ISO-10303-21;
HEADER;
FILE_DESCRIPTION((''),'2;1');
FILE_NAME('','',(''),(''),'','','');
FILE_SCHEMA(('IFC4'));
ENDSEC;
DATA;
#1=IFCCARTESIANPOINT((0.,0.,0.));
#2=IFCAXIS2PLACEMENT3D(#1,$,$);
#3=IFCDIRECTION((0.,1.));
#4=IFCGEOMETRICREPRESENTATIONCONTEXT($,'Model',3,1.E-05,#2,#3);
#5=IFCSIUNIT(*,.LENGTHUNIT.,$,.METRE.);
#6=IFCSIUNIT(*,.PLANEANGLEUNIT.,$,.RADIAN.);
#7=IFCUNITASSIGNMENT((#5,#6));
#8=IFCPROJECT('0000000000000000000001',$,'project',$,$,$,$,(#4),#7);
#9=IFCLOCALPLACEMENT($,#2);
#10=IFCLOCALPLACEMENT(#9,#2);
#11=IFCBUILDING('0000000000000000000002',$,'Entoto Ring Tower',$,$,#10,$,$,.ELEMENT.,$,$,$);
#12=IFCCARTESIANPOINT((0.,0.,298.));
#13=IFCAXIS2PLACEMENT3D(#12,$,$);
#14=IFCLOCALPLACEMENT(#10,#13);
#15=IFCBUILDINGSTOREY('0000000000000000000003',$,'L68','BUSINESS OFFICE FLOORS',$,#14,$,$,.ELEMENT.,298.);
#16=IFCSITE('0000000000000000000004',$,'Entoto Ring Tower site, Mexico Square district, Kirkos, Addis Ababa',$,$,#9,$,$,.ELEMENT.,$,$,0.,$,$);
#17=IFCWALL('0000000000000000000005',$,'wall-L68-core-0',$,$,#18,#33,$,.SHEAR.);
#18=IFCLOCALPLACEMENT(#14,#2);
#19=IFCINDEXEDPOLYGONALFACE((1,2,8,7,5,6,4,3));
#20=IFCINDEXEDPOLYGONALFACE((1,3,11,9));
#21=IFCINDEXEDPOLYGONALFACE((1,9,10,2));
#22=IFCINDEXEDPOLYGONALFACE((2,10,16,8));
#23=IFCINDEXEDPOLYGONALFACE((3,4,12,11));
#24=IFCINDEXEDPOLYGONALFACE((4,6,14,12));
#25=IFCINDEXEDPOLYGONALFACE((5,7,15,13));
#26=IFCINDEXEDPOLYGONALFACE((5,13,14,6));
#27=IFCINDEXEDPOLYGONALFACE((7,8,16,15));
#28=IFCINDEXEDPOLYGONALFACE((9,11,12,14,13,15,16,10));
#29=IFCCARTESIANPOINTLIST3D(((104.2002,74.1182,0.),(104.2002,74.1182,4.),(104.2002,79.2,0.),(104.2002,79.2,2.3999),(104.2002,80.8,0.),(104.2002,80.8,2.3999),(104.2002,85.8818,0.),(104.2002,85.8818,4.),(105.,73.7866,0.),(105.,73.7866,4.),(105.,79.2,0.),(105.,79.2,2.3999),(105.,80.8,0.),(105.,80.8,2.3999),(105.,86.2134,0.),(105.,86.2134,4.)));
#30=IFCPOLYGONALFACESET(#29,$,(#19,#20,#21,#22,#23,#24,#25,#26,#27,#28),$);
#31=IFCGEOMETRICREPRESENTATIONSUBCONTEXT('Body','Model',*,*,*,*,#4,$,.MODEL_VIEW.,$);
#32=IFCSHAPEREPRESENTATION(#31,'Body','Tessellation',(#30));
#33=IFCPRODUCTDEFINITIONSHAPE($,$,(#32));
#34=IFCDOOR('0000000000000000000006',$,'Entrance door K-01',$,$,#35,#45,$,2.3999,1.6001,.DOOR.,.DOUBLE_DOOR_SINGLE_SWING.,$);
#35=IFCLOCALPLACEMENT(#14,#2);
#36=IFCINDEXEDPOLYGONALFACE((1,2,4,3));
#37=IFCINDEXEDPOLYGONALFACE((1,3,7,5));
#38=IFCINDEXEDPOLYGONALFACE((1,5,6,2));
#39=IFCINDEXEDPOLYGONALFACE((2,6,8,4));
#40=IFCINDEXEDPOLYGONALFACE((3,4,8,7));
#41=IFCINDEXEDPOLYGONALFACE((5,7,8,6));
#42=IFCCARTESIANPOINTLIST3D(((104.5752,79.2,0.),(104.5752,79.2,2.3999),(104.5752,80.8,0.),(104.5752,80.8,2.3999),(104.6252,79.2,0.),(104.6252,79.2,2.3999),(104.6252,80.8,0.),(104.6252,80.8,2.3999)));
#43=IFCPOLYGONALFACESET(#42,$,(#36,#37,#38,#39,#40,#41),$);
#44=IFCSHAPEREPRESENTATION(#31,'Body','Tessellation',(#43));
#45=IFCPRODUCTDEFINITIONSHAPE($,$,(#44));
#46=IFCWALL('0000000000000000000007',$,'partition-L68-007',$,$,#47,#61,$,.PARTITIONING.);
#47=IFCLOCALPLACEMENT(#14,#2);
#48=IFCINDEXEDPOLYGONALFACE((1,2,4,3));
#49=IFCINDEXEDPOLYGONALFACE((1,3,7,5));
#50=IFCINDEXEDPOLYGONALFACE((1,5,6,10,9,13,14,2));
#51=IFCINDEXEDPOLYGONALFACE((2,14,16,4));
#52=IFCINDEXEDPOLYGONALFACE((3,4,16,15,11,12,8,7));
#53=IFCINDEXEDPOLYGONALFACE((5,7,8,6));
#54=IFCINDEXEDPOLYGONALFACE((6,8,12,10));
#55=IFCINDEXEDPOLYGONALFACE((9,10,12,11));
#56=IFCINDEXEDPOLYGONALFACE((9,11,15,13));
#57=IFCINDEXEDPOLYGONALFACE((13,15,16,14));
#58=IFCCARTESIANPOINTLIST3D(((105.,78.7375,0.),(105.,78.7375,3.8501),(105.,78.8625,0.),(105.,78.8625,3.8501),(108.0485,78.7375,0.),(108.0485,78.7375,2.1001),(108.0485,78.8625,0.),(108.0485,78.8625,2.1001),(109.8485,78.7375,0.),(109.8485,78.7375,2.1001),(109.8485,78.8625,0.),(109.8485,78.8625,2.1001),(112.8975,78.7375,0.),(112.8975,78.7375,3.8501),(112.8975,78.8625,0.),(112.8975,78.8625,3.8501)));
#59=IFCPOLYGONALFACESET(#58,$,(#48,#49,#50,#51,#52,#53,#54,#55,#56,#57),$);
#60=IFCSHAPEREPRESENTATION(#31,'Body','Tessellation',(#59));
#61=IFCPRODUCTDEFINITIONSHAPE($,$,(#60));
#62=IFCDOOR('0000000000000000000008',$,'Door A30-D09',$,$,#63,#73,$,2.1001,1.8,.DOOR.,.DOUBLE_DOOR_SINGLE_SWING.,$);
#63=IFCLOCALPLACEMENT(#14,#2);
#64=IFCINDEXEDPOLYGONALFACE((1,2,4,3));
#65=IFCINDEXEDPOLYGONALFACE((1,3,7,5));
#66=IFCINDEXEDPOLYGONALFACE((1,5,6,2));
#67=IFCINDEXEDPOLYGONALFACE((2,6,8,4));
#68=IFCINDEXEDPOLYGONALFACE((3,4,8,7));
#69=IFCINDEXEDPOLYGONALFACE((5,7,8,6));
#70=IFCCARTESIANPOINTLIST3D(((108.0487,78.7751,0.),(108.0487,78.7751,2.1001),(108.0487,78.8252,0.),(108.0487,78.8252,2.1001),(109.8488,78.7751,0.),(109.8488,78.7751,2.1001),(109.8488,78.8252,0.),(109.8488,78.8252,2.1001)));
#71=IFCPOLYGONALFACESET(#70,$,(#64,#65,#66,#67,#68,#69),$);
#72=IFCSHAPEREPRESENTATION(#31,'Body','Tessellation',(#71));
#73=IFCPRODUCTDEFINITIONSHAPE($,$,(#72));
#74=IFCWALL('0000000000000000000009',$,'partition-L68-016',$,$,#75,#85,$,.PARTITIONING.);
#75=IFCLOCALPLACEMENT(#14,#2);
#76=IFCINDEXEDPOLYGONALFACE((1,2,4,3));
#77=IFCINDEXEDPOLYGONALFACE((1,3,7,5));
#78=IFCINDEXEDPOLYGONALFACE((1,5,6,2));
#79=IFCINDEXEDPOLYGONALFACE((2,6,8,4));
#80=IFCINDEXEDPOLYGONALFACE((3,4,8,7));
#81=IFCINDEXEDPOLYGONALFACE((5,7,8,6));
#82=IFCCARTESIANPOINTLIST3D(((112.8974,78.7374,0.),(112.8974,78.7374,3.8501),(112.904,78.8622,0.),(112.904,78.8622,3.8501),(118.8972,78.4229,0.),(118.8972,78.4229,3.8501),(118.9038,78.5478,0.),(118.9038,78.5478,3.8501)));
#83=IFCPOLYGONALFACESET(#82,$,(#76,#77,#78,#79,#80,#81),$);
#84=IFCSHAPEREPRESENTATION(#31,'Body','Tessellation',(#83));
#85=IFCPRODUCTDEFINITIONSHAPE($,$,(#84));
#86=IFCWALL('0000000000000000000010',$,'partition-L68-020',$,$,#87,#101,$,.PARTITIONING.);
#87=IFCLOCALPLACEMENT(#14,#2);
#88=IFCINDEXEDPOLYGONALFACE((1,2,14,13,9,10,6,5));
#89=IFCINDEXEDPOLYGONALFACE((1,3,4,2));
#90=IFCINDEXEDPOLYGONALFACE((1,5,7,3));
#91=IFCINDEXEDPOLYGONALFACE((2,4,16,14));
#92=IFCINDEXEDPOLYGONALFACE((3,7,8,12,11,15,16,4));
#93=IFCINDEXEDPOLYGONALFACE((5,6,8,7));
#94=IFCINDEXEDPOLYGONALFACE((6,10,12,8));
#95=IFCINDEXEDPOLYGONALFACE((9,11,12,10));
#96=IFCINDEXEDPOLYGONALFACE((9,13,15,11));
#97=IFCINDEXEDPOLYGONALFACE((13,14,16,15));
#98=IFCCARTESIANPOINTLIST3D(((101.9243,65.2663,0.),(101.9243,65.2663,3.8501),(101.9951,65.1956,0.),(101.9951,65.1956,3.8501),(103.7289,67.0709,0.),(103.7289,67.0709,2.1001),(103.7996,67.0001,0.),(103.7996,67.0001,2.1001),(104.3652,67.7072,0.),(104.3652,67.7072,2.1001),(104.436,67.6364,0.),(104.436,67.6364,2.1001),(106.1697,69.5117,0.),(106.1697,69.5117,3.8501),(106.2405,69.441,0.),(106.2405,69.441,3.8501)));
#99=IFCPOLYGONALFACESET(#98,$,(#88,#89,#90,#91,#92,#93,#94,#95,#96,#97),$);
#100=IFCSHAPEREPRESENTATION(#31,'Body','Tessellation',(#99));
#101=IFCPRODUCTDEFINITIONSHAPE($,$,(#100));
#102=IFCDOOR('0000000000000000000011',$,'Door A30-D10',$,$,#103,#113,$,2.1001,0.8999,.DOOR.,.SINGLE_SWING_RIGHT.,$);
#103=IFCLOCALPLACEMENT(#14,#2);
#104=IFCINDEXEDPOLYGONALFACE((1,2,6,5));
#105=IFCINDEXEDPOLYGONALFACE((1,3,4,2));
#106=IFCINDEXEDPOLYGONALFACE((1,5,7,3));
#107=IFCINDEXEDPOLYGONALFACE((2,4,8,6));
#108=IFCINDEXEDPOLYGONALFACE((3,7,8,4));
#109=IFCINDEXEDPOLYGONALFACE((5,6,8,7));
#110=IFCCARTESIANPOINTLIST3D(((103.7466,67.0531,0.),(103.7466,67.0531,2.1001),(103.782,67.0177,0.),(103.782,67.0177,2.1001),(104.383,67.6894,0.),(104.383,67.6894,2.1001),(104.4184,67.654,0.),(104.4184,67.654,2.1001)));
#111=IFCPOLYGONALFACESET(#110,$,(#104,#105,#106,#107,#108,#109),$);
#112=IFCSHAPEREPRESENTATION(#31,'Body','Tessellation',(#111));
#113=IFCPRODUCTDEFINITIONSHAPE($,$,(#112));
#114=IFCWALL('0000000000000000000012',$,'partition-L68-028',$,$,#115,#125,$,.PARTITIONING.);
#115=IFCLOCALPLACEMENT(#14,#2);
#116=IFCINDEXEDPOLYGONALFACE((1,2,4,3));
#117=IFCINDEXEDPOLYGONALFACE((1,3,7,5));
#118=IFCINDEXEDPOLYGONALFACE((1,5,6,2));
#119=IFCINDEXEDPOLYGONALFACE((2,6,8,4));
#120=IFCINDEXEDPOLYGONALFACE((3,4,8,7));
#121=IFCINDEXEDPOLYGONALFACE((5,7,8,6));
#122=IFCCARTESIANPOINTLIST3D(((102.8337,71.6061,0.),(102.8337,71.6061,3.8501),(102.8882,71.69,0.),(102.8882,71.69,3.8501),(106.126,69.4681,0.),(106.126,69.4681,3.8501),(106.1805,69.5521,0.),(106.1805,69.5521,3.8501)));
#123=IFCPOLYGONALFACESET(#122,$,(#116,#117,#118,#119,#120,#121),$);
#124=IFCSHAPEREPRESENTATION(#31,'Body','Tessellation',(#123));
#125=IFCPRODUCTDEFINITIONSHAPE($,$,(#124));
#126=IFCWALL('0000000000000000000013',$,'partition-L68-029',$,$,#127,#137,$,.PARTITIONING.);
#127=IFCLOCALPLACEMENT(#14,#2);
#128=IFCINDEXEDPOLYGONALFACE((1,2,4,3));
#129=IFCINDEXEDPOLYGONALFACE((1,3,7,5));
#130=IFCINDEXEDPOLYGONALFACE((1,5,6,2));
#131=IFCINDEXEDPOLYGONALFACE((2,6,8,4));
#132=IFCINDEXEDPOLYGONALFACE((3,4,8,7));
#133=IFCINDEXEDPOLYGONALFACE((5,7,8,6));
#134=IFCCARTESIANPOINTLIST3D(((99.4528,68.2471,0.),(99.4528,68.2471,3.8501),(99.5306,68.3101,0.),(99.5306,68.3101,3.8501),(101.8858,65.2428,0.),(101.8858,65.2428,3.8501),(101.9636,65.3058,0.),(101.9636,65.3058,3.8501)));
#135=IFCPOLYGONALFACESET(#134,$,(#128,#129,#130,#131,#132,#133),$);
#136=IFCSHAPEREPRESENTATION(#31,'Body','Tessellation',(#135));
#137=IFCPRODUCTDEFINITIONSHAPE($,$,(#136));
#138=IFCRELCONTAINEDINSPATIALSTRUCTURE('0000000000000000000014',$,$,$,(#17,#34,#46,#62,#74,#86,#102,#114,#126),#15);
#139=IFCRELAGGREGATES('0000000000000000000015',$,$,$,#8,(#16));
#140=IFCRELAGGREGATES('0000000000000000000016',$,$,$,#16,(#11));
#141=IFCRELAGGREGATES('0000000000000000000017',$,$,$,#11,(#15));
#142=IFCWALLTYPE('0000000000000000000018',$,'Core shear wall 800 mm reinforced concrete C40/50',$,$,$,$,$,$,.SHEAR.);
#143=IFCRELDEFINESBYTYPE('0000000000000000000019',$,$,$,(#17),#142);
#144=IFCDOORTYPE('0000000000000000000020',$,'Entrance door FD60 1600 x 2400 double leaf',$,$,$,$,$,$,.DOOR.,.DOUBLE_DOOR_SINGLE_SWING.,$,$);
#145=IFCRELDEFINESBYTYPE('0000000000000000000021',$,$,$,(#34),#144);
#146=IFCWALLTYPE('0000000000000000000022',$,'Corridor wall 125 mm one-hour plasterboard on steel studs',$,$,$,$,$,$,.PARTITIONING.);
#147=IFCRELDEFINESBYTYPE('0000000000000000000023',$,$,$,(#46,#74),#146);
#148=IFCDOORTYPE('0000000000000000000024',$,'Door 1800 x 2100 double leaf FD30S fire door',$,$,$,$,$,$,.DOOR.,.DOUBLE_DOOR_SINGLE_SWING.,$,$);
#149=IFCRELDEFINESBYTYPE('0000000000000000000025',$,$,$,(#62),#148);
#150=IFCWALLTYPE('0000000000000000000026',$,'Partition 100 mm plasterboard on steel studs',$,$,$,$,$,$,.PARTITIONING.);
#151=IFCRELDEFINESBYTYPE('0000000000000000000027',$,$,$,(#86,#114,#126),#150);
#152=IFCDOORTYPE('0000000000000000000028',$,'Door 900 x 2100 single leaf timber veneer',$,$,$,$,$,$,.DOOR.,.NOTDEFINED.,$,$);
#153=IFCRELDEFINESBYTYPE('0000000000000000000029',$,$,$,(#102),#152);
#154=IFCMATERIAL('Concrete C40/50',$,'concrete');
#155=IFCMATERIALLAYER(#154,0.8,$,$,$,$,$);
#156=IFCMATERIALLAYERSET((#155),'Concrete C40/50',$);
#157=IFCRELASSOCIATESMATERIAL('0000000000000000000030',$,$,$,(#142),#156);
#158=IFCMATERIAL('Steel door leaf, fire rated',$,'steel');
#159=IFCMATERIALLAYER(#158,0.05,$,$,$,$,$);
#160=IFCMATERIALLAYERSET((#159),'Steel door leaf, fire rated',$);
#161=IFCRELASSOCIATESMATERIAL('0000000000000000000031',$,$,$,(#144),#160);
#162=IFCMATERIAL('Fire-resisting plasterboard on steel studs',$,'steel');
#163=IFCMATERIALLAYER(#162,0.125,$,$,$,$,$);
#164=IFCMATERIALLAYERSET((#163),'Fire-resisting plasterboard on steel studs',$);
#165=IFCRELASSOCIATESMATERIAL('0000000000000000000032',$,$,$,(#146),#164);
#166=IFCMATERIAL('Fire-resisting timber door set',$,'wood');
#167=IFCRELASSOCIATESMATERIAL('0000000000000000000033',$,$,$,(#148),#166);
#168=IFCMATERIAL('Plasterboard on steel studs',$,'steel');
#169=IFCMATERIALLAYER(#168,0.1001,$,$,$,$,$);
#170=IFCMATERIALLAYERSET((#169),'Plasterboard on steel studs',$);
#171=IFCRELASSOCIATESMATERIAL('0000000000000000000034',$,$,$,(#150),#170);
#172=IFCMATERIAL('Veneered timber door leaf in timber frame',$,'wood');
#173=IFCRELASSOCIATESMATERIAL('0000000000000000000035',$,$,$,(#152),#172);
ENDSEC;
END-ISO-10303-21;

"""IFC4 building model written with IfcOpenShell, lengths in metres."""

from ifc_helpers import new_model, si_unit, direction, frame, frame_2d, origin, place, context, subcontext, project, spatial, polyline, rectangle, outline, extrude, material, layer, layer_set, type_object, element, fill, save


model = new_model("IFC4")

# Units and contexts
model_context = context("Model", 3, precision=1e-05, world=origin(), true_north=direction((0.0, 1.0)))
body_context = subcontext(model_context, "Body", "Model", "MODEL_VIEW")
ifc_project = project(units=[si_unit("LENGTHUNIT", "METRE"), si_unit("PLANEANGLEUNIT", "RADIAN")], contexts=[model_context])

# Site, building, storey
site_placement = place(None, origin())
site = spatial("IfcSite", under=ifc_project, at=site_placement, Name="Entoto Ring Tower site, Mexico Square district, Kirkos, Addis Ababa", CompositionType="ELEMENT", RefElevation=0.0)
building_placement = place(site_placement, origin())
building = spatial("IfcBuilding", under=site, at=building_placement, Name="Entoto Ring Tower", CompositionType="ELEMENT")
storey_placement = place(building_placement, frame((0.0, 0.0, 298.0)))
storey = spatial("IfcBuildingStorey", under=building, at=storey_placement, Name="L68", Description="BUSINESS OFFICE FLOORS", CompositionType="ELEMENT", Elevation=298.0)

# Walls, openings, doors
ifc_material_1 = material(Name="Concrete C40/50", Category="concrete")
ifc_layer_1 = layer(ifc_material_1, 0.8)
ifc_layer_set_1 = layer_set([ifc_layer_1], Name="Concrete C40/50")
wall_type_1 = type_object("IfcWallType", Name="Core shear wall 800 mm reinforced concrete C40/50", PredefinedType="SHEAR", material=ifc_layer_set_1)
wall_1_placement = place(storey_placement, frame((104.6001, 73.9524, 0.0), z_axis=(0.0, 0.0, 1.0), x_axis=(0.0, 1.0, 0.0)))
wall_1 = element("IfcWall", 1, at=wall_1_placement, inside=storey, type_object=wall_type_1, Name="wall-L68-core-0", PredefinedType="SHEAR", context=body_context, shape_type="SweptSolid", body=[
    extrude(outline(polyline([(-0.1658, -0.3999), (12.261, -0.3999), (11.9294, 0.3999), (0.1658, 0.3999), (-0.1658, -0.3999)])), origin(), (0.0, 0.0, 1.0), 4.0),
])
opening_1_placement = place(wall_1_placement, frame((5.2476, 0.0, 0.0)))
opening_1 = element("IfcOpeningElement", 2, at=opening_1_placement, cuts=wall_1, PredefinedType="OPENING", context=body_context, shape_type="SweptSolid", body=[
    extrude(rectangle(XDim=1.6001, YDim=2.3999, at=frame_2d((0.8, 1.2))), frame((0.0, 0.4102, 0.0), z_axis=(0.0, -1.0, 0.0), x_axis=(1.0, 0.0, 0.0)), (0.0, 0.0, 1.0), 0.8201),
])
ifc_material_2 = material(Name="Steel door leaf, fire rated", Category="steel")
ifc_layer_2 = layer(ifc_material_2, 0.05)
ifc_layer_set_2 = layer_set([ifc_layer_2], Name="Steel door leaf, fire rated")
door_type_1 = type_object("IfcDoorType", Name="Entrance door FD60 1600 x 2400 double leaf", OperationType="DOUBLE_DOOR_SINGLE_SWING", PredefinedType="DOOR", material=ifc_layer_set_2)
door_1_placement = place(opening_1_placement, origin())
door_1 = element("IfcDoor", 3, at=door_1_placement, inside=storey, type_object=door_type_1, Name="Entrance door K-01", OperationType="DOUBLE_DOOR_SINGLE_SWING", OverallHeight=2.3999, OverallWidth=1.6001, PredefinedType="DOOR", context=body_context, shape_type="SweptSolid", body=[
    extrude(rectangle(XDim=1.6001, YDim=2.3999, at=frame_2d((0.8, 1.2))), frame((0.0, 0.0249, 0.0), z_axis=(0.0, -1.0, 0.0), x_axis=(1.0, 0.0, 0.0)), (0.0, 0.0, 1.0), 0.05),
])
fill(opening_1, door_1)
ifc_material_3 = material(Name="Fire-resisting plasterboard on steel studs", Category="steel")
ifc_layer_3 = layer(ifc_material_3, 0.125)
ifc_layer_set_3 = layer_set([ifc_layer_3], Name="Fire-resisting plasterboard on steel studs")
wall_type_2 = type_object("IfcWallType", Name="Corridor wall 125 mm one-hour plasterboard on steel studs", PredefinedType="PARTITIONING", material=ifc_layer_set_3)
wall_2_placement = place(storey_placement, frame((105.0, 78.8, 0.0), z_axis=(0.0, 0.0, 1.0), x_axis=(1.0, 0.0, 0.0)))
wall_2 = element("IfcWall", 4, at=wall_2_placement, inside=storey, type_object=wall_type_2, Name="partition-L68-007", PredefinedType="PARTITIONING", context=body_context, shape_type="SweptSolid", body=[
    extrude(rectangle(XDim=7.8975, YDim=0.125, at=frame_2d((3.9487, 0.0))), origin(), (0.0, 0.0, 1.0), 3.8501),
])
opening_2_placement = place(wall_2_placement, frame((3.0486, 0.0, 0.0)))
opening_2 = element("IfcOpeningElement", 5, at=opening_2_placement, cuts=wall_2, PredefinedType="OPENING", context=body_context, shape_type="SweptSolid", body=[
    extrude(rectangle(XDim=1.8, YDim=2.1001, at=frame_2d((0.8999, 1.05))), frame((0.0, 0.0725, 0.0), z_axis=(0.0, -1.0, 0.0), x_axis=(1.0, 0.0, 0.0)), (0.0, 0.0, 1.0), 0.145),
])
ifc_material_4 = material(Name="Fire-resisting timber door set", Category="wood")
door_type_2 = type_object("IfcDoorType", Name="Door 1800 x 2100 double leaf FD30S fire door", OperationType="DOUBLE_DOOR_SINGLE_SWING", PredefinedType="DOOR", material=ifc_material_4)
door_2_placement = place(opening_2_placement, frame((1.8, 0.0, 0.0), z_axis=(0.0, 0.0, 1.0), x_axis=(-1.0, 0.0, 0.0)))
door_2 = element("IfcDoor", 6, at=door_2_placement, inside=storey, type_object=door_type_2, Name="Door A30-D09", OperationType="DOUBLE_DOOR_SINGLE_SWING", OverallHeight=2.1001, OverallWidth=1.8, PredefinedType="DOOR", context=body_context, shape_type="SweptSolid", body=[
    extrude(rectangle(XDim=1.8, YDim=2.1001, at=frame_2d((0.8999, 1.05))), frame((0.0, 0.0249, 0.0), z_axis=(0.0, -1.0, 0.0), x_axis=(1.0, 0.0, 0.0)), (0.0, 0.0, 1.0), 0.05),
])
fill(opening_2, door_2)

# Wall
wall_3_placement = place(storey_placement, frame((118.9004, 78.4854, 0.0), z_axis=(0.0, 0.0, 1.0), x_axis=(-0.998629, 0.052339, 0.0)))
element("IfcWall", 7, at=wall_3_placement, inside=storey, type_object=wall_type_2, Name="partition-L68-016", PredefinedType="PARTITIONING", context=body_context, shape_type="SweptSolid", body=[
    extrude(rectangle(XDim=6.0081, YDim=0.125, at=frame_2d((3.0039, 0.0))), origin(), (0.0, 0.0, 1.0), 3.8501),
])

# Wall, opening, door
ifc_material_5 = material(Name="Plasterboard on steel studs", Category="steel")
ifc_layer_4 = layer(ifc_material_5, 0.1001)
ifc_layer_set_4 = layer_set([ifc_layer_4], Name="Plasterboard on steel studs")
wall_type_3 = type_object("IfcWallType", Name="Partition 100 mm plasterboard on steel studs", PredefinedType="PARTITIONING", material=ifc_layer_set_4)
wall_4_placement = place(storey_placement, frame((101.9597, 65.231, 0.0), z_axis=(0.0, 0.0, 1.0), x_axis=(0.707107, 0.707107, 0.0)))
wall_4 = element("IfcWall", 8, at=wall_4_placement, inside=storey, type_object=wall_type_3, Name="partition-L68-020", PredefinedType="PARTITIONING", context=body_context, shape_type="SweptSolid", body=[
    extrude(rectangle(XDim=6.0039, YDim=0.1001, at=frame_2d((3.002, 0.0))), origin(), (0.0, 0.0, 1.0), 3.8501),
])
opening_3_placement = place(wall_4_placement, frame((2.552, 0.0, 0.0)))
opening_3 = element("IfcOpeningElement", 9, at=opening_3_placement, cuts=wall_4, PredefinedType="OPENING", context=body_context, shape_type="SweptSolid", body=[
    extrude(rectangle(XDim=0.8999, YDim=2.1001, at=frame_2d((0.45, 1.05))), frame((0.0, 0.0601, 0.0), z_axis=(0.0, -1.0, 0.0), x_axis=(1.0, 0.0, 0.0)), (0.0, 0.0, 1.0), 0.1201),
])
ifc_material_6 = material(Name="Veneered timber door leaf in timber frame", Category="wood")
door_type_3 = type_object("IfcDoorType", Name="Door 900 x 2100 single leaf timber veneer", OperationType="NOTDEFINED", PredefinedType="DOOR", material=ifc_material_6)
door_3_placement = place(opening_3_placement, origin())
door_3 = element("IfcDoor", 10, at=door_3_placement, inside=storey, type_object=door_type_3, Name="Door A30-D10", OperationType="SINGLE_SWING_RIGHT", OverallHeight=2.1001, OverallWidth=0.8999, PredefinedType="DOOR", context=body_context, shape_type="SweptSolid", body=[
    extrude(rectangle(XDim=0.8999, YDim=2.1001, at=frame_2d((0.45, 1.05))), frame((0.0, 0.0249, 0.0), z_axis=(0.0, -1.0, 0.0), x_axis=(1.0, 0.0, 0.0)), (0.0, 0.0, 1.0), 0.05),
])
fill(opening_3, door_3)

# Walls
wall_5_placement = place(storey_placement, frame((106.1533, 69.51, 0.0), z_axis=(0.0, 0.0, 1.0), x_axis=(-0.838678, 0.544628, 0.0)))
element("IfcWall", 11, at=wall_5_placement, inside=storey, type_object=wall_type_3, Name="partition-L68-028", PredefinedType="PARTITIONING", context=body_context, shape_type="SweptSolid", body=[
    extrude(rectangle(XDim=3.9255, YDim=0.1001, at=frame_2d((1.9629, 0.0))), origin(), (0.0, 0.0, 1.0), 3.8501),
])
wall_6_placement = place(storey_placement, frame((101.9248, 65.2742, 0.0), z_axis=(0.0, 0.0, 1.0), x_axis=(-0.629351, 0.777121, 0.0)))
element("IfcWall", 12, at=wall_6_placement, inside=storey, type_object=wall_type_3, Name="partition-L68-029", PredefinedType="PARTITIONING", context=body_context, shape_type="SweptSolid", body=[
    extrude(rectangle(XDim=3.866, YDim=0.1001, at=frame_2d((1.9331, 0.0))), origin(), (0.0, 0.0, 1.0), 3.8501),
])

save(model, "model.ifc")
